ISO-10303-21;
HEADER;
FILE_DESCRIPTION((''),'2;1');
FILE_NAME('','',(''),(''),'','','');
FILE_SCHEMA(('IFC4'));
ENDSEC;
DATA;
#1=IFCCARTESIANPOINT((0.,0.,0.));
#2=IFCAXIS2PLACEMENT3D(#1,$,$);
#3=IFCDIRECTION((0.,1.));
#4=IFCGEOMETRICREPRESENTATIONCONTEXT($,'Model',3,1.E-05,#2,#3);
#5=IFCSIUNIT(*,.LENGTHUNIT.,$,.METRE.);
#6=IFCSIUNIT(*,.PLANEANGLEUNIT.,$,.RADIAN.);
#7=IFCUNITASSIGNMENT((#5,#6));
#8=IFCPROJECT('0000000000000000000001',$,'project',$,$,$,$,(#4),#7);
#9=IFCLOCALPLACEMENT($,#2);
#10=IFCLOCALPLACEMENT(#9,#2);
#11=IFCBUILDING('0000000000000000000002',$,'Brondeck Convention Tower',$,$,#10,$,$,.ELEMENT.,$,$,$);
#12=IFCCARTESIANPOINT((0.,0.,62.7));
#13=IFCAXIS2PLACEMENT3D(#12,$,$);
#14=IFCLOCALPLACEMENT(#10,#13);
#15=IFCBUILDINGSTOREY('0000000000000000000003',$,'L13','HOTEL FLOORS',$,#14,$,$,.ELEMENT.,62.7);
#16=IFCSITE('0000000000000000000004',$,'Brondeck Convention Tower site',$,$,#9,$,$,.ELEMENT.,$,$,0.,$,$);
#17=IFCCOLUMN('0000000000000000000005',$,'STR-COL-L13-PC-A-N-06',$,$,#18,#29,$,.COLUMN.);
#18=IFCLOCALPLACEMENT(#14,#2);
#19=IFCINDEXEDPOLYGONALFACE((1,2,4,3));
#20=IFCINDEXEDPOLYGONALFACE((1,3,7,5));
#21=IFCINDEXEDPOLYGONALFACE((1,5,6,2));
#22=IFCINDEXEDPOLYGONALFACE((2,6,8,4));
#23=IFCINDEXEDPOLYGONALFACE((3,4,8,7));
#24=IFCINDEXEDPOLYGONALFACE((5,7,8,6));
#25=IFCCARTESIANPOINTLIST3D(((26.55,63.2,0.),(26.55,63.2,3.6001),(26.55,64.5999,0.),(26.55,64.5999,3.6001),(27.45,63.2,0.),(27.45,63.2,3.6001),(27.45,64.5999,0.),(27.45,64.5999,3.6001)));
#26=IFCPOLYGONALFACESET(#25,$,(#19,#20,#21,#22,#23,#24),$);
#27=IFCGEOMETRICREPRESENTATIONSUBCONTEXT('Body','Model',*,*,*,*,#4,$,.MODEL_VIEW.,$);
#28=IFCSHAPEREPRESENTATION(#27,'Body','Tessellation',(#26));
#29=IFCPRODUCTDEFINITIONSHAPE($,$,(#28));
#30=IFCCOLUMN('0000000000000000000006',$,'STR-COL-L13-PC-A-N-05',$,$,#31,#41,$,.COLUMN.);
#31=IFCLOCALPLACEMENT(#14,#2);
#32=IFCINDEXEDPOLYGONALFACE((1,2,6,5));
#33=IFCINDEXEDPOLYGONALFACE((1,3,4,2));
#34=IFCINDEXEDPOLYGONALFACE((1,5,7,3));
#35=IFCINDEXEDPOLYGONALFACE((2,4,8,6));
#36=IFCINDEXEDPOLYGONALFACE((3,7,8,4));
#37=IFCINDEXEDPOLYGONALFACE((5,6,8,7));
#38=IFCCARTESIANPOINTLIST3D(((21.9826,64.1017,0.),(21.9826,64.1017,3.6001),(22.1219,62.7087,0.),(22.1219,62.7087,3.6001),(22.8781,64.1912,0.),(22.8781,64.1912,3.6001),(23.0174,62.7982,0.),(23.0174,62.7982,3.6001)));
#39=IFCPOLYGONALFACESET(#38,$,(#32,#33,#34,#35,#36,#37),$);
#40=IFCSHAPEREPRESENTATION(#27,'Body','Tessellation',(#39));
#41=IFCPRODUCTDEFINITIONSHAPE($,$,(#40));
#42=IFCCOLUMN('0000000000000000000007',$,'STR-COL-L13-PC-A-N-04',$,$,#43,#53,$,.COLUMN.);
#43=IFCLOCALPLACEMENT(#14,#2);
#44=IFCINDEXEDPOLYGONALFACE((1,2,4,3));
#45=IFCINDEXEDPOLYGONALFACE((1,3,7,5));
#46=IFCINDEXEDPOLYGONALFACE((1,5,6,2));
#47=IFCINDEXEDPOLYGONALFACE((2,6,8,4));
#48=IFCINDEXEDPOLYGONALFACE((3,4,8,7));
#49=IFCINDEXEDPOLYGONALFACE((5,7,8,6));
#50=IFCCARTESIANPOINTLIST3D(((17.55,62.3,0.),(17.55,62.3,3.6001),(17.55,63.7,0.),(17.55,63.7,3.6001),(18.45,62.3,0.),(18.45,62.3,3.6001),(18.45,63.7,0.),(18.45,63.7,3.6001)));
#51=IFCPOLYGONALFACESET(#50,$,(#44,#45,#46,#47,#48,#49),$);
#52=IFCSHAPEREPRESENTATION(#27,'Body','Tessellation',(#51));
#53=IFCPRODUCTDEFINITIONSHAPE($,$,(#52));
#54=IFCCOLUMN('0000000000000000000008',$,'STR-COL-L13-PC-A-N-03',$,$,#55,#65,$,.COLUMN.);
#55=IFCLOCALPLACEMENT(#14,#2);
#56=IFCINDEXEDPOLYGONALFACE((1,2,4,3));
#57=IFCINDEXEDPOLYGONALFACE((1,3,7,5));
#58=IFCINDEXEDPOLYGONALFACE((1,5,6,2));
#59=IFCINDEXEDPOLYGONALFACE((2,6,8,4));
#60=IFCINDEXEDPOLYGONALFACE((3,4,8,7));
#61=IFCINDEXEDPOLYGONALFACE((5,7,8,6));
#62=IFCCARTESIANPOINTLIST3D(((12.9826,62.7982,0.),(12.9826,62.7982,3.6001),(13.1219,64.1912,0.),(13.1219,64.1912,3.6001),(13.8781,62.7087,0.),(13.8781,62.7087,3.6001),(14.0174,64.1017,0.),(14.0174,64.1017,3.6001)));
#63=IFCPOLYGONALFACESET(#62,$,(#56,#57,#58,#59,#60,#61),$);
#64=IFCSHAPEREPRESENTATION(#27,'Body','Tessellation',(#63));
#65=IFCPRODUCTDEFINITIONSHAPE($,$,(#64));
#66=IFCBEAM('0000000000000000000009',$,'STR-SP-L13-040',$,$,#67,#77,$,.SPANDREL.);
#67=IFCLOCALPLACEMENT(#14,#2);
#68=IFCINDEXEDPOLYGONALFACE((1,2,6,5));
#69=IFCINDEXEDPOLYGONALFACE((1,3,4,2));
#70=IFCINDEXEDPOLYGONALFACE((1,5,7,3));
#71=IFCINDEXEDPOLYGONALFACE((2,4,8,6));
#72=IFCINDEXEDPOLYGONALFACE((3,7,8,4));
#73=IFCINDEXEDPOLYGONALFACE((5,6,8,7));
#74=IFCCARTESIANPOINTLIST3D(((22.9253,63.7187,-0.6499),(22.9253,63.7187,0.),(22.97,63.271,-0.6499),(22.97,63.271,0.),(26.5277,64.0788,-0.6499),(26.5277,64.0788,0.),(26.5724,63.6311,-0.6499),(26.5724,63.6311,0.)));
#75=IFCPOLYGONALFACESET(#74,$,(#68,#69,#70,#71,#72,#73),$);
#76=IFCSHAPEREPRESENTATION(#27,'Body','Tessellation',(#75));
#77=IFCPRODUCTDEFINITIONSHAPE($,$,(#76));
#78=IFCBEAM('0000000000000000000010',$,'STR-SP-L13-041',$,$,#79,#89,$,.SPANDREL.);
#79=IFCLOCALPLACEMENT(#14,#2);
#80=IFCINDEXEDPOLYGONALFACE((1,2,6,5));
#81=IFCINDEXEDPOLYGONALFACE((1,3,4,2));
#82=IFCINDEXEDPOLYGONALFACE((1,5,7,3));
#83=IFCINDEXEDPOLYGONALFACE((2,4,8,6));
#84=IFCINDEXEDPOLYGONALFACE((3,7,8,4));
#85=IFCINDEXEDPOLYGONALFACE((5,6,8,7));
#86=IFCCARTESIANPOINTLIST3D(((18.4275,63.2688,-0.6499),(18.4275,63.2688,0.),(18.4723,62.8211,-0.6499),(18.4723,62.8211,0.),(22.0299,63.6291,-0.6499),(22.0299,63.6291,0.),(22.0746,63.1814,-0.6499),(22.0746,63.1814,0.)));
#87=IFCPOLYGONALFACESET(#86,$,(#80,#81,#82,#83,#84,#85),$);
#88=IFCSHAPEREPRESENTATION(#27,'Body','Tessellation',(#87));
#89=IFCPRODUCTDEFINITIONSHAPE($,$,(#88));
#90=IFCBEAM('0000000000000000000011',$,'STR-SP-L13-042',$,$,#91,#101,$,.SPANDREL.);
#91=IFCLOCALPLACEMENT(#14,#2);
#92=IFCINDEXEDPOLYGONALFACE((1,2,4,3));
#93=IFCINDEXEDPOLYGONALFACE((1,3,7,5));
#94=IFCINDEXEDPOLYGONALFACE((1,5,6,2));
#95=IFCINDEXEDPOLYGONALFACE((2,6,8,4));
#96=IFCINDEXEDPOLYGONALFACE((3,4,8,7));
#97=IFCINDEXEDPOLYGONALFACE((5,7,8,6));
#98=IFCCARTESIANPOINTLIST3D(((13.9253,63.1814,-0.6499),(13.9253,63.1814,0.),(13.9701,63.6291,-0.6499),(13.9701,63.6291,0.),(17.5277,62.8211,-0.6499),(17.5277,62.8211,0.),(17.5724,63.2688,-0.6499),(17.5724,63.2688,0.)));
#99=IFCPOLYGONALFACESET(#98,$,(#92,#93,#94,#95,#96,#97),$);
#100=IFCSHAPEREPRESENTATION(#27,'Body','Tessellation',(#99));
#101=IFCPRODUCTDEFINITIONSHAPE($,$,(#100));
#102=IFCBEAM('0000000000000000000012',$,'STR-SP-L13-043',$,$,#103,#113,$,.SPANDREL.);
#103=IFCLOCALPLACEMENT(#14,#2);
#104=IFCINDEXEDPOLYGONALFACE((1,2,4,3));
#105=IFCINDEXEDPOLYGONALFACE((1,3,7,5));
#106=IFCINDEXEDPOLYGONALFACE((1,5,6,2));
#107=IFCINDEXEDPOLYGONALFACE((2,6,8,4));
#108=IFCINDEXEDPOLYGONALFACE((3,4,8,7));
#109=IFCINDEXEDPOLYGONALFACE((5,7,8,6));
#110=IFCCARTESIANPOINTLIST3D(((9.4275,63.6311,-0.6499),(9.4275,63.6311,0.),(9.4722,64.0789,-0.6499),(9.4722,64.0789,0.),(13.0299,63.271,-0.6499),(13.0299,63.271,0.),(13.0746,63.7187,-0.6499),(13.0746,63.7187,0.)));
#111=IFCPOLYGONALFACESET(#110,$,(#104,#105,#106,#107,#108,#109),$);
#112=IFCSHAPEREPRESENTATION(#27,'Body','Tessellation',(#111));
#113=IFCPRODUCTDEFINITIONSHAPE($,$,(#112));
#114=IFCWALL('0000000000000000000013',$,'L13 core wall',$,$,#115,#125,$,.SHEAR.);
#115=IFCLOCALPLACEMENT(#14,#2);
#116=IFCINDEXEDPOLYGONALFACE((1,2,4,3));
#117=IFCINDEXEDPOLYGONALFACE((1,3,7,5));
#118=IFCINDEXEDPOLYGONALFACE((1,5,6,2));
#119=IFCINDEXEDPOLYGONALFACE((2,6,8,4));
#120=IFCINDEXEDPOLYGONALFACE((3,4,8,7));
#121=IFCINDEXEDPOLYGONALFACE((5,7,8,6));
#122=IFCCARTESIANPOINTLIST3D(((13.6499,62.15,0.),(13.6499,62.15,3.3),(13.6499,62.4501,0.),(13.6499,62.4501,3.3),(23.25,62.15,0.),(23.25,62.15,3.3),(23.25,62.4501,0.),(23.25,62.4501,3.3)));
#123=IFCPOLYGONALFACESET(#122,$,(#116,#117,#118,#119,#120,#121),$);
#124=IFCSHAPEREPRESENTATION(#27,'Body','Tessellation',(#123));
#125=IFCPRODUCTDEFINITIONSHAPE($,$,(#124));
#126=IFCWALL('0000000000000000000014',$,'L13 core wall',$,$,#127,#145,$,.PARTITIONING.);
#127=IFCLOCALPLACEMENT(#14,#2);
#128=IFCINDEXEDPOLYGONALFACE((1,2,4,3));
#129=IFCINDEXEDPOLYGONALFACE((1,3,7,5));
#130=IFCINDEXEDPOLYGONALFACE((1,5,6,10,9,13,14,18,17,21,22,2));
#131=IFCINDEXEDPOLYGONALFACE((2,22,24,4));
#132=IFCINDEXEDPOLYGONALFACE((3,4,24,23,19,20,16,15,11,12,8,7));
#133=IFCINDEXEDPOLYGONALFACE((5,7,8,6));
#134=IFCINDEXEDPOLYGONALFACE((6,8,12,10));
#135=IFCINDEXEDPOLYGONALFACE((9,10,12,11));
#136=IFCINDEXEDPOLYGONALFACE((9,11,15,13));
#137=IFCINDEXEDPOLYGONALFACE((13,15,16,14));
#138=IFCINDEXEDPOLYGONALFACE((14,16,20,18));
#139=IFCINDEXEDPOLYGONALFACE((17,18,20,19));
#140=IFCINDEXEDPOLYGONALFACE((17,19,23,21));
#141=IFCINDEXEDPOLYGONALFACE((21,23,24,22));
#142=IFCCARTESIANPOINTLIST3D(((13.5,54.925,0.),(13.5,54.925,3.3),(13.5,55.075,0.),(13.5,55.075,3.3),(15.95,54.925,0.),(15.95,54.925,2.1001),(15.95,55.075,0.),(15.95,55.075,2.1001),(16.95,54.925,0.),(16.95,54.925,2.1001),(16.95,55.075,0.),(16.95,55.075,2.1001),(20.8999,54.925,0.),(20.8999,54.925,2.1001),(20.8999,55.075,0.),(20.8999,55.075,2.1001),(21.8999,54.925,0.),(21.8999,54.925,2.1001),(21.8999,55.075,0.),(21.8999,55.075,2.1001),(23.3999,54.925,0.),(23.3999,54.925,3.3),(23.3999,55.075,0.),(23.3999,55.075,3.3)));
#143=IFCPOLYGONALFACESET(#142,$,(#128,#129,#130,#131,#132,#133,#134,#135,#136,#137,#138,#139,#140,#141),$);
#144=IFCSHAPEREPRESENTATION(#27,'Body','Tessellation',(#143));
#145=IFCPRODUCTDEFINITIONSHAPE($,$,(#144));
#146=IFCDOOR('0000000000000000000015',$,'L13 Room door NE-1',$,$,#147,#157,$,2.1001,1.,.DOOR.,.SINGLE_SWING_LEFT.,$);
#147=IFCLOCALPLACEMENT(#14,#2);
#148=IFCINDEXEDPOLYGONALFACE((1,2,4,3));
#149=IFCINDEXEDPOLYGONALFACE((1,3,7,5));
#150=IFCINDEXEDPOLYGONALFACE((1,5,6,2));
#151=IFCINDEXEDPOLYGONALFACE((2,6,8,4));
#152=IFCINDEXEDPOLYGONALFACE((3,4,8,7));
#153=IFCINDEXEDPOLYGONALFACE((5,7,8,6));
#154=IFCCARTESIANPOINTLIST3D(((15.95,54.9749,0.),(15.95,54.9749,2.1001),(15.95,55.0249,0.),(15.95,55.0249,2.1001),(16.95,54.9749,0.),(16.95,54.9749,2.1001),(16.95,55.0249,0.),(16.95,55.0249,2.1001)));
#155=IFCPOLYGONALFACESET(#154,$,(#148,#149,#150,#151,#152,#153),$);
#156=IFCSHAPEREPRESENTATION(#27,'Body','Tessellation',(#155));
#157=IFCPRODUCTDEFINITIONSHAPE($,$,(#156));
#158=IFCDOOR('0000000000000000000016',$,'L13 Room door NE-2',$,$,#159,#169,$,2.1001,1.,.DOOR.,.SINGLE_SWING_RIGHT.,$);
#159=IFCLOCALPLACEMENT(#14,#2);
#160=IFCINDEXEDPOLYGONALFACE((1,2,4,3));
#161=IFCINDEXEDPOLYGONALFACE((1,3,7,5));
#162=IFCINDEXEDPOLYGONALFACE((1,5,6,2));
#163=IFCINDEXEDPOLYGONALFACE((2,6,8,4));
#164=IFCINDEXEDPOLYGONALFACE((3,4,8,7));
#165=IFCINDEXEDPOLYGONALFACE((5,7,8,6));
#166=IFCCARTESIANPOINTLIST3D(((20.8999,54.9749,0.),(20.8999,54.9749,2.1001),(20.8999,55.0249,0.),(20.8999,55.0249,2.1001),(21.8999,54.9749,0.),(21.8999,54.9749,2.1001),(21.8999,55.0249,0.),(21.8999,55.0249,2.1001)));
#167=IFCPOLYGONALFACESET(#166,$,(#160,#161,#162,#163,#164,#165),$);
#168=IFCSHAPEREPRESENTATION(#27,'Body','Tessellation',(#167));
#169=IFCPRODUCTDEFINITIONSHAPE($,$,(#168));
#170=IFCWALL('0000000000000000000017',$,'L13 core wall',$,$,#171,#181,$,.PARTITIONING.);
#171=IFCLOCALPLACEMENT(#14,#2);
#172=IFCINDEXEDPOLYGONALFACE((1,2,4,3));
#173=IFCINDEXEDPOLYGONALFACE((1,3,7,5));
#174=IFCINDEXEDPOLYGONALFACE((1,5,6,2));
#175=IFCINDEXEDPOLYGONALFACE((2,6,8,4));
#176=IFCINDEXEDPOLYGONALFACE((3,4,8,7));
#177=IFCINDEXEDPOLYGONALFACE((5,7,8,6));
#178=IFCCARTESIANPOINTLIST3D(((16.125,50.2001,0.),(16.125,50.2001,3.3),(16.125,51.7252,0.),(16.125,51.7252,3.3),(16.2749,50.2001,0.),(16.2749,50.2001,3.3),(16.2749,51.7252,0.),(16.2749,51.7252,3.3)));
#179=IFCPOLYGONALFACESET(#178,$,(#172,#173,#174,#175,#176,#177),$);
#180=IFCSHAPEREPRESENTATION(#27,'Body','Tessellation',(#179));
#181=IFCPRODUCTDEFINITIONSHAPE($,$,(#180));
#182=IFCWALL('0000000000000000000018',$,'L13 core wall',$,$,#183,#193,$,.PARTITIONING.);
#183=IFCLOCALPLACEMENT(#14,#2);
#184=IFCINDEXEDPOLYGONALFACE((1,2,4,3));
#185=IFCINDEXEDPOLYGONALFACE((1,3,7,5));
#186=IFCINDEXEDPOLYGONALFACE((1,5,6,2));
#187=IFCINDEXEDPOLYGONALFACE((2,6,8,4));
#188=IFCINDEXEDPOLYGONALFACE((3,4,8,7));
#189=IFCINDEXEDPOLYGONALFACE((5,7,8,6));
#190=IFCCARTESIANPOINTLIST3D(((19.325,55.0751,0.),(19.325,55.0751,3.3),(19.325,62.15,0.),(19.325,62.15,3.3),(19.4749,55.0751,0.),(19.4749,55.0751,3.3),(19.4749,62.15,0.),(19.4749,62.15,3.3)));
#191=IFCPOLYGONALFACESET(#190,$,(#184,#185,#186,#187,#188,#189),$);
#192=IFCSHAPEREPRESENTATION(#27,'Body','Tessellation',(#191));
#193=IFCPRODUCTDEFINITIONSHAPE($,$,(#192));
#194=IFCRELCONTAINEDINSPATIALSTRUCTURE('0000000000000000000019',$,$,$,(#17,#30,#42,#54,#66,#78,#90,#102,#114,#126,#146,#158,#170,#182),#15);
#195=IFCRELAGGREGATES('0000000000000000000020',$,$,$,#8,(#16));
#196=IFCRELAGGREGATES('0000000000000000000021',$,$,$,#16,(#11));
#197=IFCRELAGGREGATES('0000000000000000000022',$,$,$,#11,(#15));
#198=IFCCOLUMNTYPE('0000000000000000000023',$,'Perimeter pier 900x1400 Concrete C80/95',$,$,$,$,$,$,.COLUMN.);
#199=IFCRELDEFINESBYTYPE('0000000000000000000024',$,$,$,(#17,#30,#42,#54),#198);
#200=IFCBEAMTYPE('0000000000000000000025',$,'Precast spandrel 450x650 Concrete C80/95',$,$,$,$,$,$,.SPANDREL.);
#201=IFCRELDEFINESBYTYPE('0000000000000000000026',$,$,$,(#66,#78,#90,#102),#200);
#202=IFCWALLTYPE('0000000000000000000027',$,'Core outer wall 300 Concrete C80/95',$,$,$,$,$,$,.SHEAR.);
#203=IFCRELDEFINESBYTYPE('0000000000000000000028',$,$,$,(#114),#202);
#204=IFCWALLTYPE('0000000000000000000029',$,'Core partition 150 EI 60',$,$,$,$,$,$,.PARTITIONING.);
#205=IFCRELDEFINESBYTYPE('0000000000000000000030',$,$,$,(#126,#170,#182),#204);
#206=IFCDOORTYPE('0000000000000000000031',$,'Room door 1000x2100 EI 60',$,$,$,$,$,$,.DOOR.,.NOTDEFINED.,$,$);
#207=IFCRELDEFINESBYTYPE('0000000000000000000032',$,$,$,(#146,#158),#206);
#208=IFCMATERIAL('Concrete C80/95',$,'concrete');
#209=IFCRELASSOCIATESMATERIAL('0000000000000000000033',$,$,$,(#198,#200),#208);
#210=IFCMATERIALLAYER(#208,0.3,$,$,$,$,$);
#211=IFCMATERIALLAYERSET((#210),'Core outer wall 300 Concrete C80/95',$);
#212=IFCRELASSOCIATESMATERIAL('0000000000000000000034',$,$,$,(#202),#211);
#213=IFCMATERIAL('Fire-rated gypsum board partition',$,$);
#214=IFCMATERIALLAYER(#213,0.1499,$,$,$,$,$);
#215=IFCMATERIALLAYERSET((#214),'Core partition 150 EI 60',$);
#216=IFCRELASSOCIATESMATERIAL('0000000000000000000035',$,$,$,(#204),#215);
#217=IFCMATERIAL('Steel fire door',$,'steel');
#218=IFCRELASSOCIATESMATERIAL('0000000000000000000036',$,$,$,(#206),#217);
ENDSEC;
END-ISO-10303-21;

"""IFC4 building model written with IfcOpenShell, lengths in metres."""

from ifc_helpers import new_model, si_unit, direction, frame, frame_2d, origin, origin_2d, place, context, subcontext, project, spatial, rectangle, extrude, material, layer, layer_set, material_profile, profile_set, type_object, element, fill, save


model = new_model("IFC4")

# Units and contexts
model_context = context("Model", 3, precision=1e-05, world=origin(), true_north=direction((0.0, 1.0)))
body_context = subcontext(model_context, "Body", "Model", "MODEL_VIEW")
ifc_project = project(units=[si_unit("LENGTHUNIT", "METRE"), si_unit("PLANEANGLEUNIT", "RADIAN")], contexts=[model_context])

# Site, building, storey
site_placement = place(None, origin())
site = spatial("IfcSite", under=ifc_project, at=site_placement, Name="Brondeck Convention Tower site", CompositionType="ELEMENT", RefElevation=0.0)
building_placement = place(site_placement, origin())
building = spatial("IfcBuilding", under=site, at=building_placement, Name="Brondeck Convention Tower", CompositionType="ELEMENT")
storey_placement = place(building_placement, frame((0.0, 0.0, 62.7)))
storey = spatial("IfcBuildingStorey", under=building, at=storey_placement, Name="L13", Description="HOTEL FLOORS", CompositionType="ELEMENT", Elevation=62.7)

# Columns
ifc_material_1 = material(Name="Concrete C80/95", Category="concrete")
ifc_material_profile_1 = material_profile(ifc_material_1, rectangle(XDim=0.8999, YDim=1.3999, at=origin_2d()), Name="Perimeter pier 900x1400 Concrete C80/95")
ifc_profile_set_1 = profile_set([ifc_material_profile_1], Name="Concrete C80/95")
column_type = type_object("IfcColumnType", Name="Perimeter pier 900x1400 Concrete C80/95", PredefinedType="COLUMN", material=ifc_profile_set_1)
for number, where, z_axis, x_axis, name in (
    (1, (27.0, 63.8999, 0.0), (0.0, 0.0, 1.0), (-1.0, 0.0, 0.0), "STR-COL-L13-PC-A-N-06"),
    (2, (22.5, 63.45, 0.0), (0.0, 0.0, 1.0), (-0.995037, -0.099504, 0.0), "STR-COL-L13-PC-A-N-05"),
    (3, (18.0, 63.0, 0.0), (0.0, 0.0, 1.0), (-1.0, 0.0, 0.0), "STR-COL-L13-PC-A-N-04"),
    (4, (13.5, 63.45, 0.0), (0.0, 0.0, 1.0), (-0.995037, 0.099504, 0.0), "STR-COL-L13-PC-A-N-03"),
):
    element("IfcColumn", number, at=place(storey_placement, frame(where, z_axis=z_axis, x_axis=x_axis)), inside=storey, type_object=column_type, Name=name, PredefinedType="COLUMN", context=body_context, shape_type="SweptSolid", body=[
        extrude(rectangle(XDim=0.8999, YDim=1.3999, at=origin_2d()), origin(), (0.0, 0.0, 1.0), 3.6001),
    ])

# Beams
ifc_material_profile_2 = material_profile(ifc_material_1, rectangle(XDim=0.45, YDim=0.6499, at=origin_2d()), Name="Precast spandrel 450x650 Concrete C80/95")
ifc_profile_set_2 = profile_set([ifc_material_profile_2], Name="Concrete C80/95")
beam_type = type_object("IfcBeamType", Name="Precast spandrel 450x650 Concrete C80/95", PredefinedType="SPANDREL", material=ifc_profile_set_2)
for number, where, z_axis, x_axis, name in (
    (5, (26.55, 63.855, -0.325), (-0.995041, -0.09947, 0.0), (0.09947, -0.995041, 0.0), "STR-SP-L13-040"),
    (6, (22.0522, 63.4053, -0.325), (-0.995034, -0.099537, 0.0), (0.099537, -0.995034, 0.0), "STR-SP-L13-041"),
    (7, (17.55, 63.0449, -0.325), (-0.995034, 0.099537, 0.0), (-0.099537, -0.995034, 0.0), "STR-SP-L13-042"),
    (8, (13.0522, 63.4949, -0.325), (-0.995041, 0.09947, 0.0), (-0.09947, -0.995041, 0.0), "STR-SP-L13-043"),
):
    element("IfcBeam", number, at=place(storey_placement, frame(where, z_axis=z_axis, x_axis=x_axis)), inside=storey, type_object=beam_type, Name=name, PredefinedType="SPANDREL", context=body_context, shape_type="SweptSolid", body=[
        extrude(rectangle(XDim=0.45, YDim=0.6499, at=origin_2d()), origin(), (0.0, 0.0, 1.0), 3.6204),
    ])

# Wall
ifc_layer_1 = layer(ifc_material_1, 0.3)
ifc_layer_set_1 = layer_set([ifc_layer_1], Name="Core outer wall 300 Concrete C80/95")
wall_type_1 = type_object("IfcWallType", Name="Core outer wall 300 Concrete C80/95", PredefinedType="SHEAR", material=ifc_layer_set_1)
wall_1_placement = place(storey_placement, frame((13.6499, 62.3, 0.0), z_axis=(0.0, 0.0, 1.0), x_axis=(1.0, 0.0, 0.0)))
element("IfcWall", 9, at=wall_1_placement, inside=storey, type_object=wall_type_1, Name="L13 core wall", PredefinedType="SHEAR", context=body_context, shape_type="SweptSolid", body=[
    extrude(rectangle(XDim=9.6001, YDim=0.3, at=frame_2d((4.8, 0.0))), origin(), (0.0, 0.0, 1.0), 3.3),
])

# Wall, openings, doors
ifc_material_2 = material(Name="Fire-rated gypsum board partition")
ifc_layer_2 = layer(ifc_material_2, 0.1499)
ifc_layer_set_2 = layer_set([ifc_layer_2], Name="Core partition 150 EI 60")
wall_type_2 = type_object("IfcWallType", Name="Core partition 150 EI 60", PredefinedType="PARTITIONING", material=ifc_layer_set_2)
wall_2_placement = place(storey_placement, frame((13.5, 55.0, 0.0), z_axis=(0.0, 0.0, 1.0), x_axis=(1.0, 0.0, 0.0)))
wall_2 = element("IfcWall", 10, at=wall_2_placement, inside=storey, type_object=wall_type_2, Name="L13 core wall", PredefinedType="PARTITIONING", context=body_context, shape_type="SweptSolid", body=[
    extrude(rectangle(XDim=9.8999, YDim=0.1499, at=frame_2d((4.95, 0.0))), origin(), (0.0, 0.0, 1.0), 3.3),
])
opening_1_placement = place(wall_2_placement, frame((2.45, 0.0, 0.0)))
opening_1 = element("IfcOpeningElement", 11, at=opening_1_placement, cuts=wall_2, PredefinedType="OPENING", context=body_context, shape_type="SweptSolid", body=[
    extrude(rectangle(XDim=1.0, YDim=2.1001, at=frame_2d((0.5, 1.05))), frame((0.0, 0.085, 0.0), z_axis=(0.0, -1.0, 0.0), x_axis=(1.0, 0.0, 0.0)), (0.0, 0.0, 1.0), 0.1699),
])
opening_2_placement = place(wall_2_placement, frame((7.3999, 0.0, 0.0)))
opening_2 = element("IfcOpeningElement", 12, at=opening_2_placement, cuts=wall_2, PredefinedType="OPENING", context=body_context, shape_type="SweptSolid", body=[
    extrude(rectangle(XDim=1.0, YDim=2.1001, at=frame_2d((0.5, 1.05))), frame((0.0, 0.085, 0.0), z_axis=(0.0, -1.0, 0.0), x_axis=(1.0, 0.0, 0.0)), (0.0, 0.0, 1.0), 0.1699),
])
ifc_material_3 = material(Name="Steel fire door", Category="steel")
door_type_1 = type_object("IfcDoorType", Name="Room door 1000x2100 EI 60", OperationType="NOTDEFINED", PredefinedType="DOOR", material=ifc_material_3)
door_1_placement = place(opening_1_placement, origin())
door_1 = element("IfcDoor", 13, at=door_1_placement, inside=storey, type_object=door_type_1, Name="L13 Room door NE-1", OperationType="SINGLE_SWING_LEFT", OverallHeight=2.1001, OverallWidth=1.0, PredefinedType="DOOR", context=body_context, shape_type="SweptSolid", body=[
    extrude(rectangle(XDim=1.0, YDim=2.1001, at=frame_2d((0.5, 1.05))), frame((0.0, 0.0249, 0.0), z_axis=(0.0, -1.0, 0.0), x_axis=(1.0, 0.0, 0.0)), (0.0, 0.0, 1.0), 0.05),
])
fill(opening_1, door_1)
door_2_placement = place(opening_2_placement, origin())
door_2 = element("IfcDoor", 14, at=door_2_placement, inside=storey, type_object=door_type_1, Name="L13 Room door NE-2", OperationType="SINGLE_SWING_RIGHT", OverallHeight=2.1001, OverallWidth=1.0, PredefinedType="DOOR", context=body_context, shape_type="SweptSolid", body=[
    extrude(rectangle(XDim=1.0, YDim=2.1001, at=frame_2d((0.5, 1.05))), frame((0.0, 0.0249, 0.0), z_axis=(0.0, -1.0, 0.0), x_axis=(1.0, 0.0, 0.0)), (0.0, 0.0, 1.0), 0.05),
])
fill(opening_2, door_2)

# Walls
wall_3_placement = place(storey_placement, frame((16.2, 50.2, 0.0), z_axis=(0.0, 0.0, 1.0), x_axis=(0.0, 1.0, 0.0)))
element("IfcWall", 15, at=wall_3_placement, inside=storey, type_object=wall_type_2, Name="L13 core wall", PredefinedType="PARTITIONING", context=body_context, shape_type="SweptSolid", body=[
    extrude(rectangle(XDim=1.5251, YDim=0.1499, at=frame_2d((0.7627, 0.0))), origin(), (0.0, 0.0, 1.0), 3.3),
])
wall_4_placement = place(storey_placement, frame((19.3999, 55.075, 0.0), z_axis=(0.0, 0.0, 1.0), x_axis=(0.0, 1.0, 0.0)))
element("IfcWall", 16, at=wall_4_placement, inside=storey, type_object=wall_type_2, Name="L13 core wall", PredefinedType="PARTITIONING", context=body_context, shape_type="SweptSolid", body=[
    extrude(rectangle(XDim=7.075, YDim=0.1499, at=frame_2d((3.5376, 0.0))), origin(), (0.0, 0.0, 1.0), 3.3),
])

save(model, "model.ifc")
